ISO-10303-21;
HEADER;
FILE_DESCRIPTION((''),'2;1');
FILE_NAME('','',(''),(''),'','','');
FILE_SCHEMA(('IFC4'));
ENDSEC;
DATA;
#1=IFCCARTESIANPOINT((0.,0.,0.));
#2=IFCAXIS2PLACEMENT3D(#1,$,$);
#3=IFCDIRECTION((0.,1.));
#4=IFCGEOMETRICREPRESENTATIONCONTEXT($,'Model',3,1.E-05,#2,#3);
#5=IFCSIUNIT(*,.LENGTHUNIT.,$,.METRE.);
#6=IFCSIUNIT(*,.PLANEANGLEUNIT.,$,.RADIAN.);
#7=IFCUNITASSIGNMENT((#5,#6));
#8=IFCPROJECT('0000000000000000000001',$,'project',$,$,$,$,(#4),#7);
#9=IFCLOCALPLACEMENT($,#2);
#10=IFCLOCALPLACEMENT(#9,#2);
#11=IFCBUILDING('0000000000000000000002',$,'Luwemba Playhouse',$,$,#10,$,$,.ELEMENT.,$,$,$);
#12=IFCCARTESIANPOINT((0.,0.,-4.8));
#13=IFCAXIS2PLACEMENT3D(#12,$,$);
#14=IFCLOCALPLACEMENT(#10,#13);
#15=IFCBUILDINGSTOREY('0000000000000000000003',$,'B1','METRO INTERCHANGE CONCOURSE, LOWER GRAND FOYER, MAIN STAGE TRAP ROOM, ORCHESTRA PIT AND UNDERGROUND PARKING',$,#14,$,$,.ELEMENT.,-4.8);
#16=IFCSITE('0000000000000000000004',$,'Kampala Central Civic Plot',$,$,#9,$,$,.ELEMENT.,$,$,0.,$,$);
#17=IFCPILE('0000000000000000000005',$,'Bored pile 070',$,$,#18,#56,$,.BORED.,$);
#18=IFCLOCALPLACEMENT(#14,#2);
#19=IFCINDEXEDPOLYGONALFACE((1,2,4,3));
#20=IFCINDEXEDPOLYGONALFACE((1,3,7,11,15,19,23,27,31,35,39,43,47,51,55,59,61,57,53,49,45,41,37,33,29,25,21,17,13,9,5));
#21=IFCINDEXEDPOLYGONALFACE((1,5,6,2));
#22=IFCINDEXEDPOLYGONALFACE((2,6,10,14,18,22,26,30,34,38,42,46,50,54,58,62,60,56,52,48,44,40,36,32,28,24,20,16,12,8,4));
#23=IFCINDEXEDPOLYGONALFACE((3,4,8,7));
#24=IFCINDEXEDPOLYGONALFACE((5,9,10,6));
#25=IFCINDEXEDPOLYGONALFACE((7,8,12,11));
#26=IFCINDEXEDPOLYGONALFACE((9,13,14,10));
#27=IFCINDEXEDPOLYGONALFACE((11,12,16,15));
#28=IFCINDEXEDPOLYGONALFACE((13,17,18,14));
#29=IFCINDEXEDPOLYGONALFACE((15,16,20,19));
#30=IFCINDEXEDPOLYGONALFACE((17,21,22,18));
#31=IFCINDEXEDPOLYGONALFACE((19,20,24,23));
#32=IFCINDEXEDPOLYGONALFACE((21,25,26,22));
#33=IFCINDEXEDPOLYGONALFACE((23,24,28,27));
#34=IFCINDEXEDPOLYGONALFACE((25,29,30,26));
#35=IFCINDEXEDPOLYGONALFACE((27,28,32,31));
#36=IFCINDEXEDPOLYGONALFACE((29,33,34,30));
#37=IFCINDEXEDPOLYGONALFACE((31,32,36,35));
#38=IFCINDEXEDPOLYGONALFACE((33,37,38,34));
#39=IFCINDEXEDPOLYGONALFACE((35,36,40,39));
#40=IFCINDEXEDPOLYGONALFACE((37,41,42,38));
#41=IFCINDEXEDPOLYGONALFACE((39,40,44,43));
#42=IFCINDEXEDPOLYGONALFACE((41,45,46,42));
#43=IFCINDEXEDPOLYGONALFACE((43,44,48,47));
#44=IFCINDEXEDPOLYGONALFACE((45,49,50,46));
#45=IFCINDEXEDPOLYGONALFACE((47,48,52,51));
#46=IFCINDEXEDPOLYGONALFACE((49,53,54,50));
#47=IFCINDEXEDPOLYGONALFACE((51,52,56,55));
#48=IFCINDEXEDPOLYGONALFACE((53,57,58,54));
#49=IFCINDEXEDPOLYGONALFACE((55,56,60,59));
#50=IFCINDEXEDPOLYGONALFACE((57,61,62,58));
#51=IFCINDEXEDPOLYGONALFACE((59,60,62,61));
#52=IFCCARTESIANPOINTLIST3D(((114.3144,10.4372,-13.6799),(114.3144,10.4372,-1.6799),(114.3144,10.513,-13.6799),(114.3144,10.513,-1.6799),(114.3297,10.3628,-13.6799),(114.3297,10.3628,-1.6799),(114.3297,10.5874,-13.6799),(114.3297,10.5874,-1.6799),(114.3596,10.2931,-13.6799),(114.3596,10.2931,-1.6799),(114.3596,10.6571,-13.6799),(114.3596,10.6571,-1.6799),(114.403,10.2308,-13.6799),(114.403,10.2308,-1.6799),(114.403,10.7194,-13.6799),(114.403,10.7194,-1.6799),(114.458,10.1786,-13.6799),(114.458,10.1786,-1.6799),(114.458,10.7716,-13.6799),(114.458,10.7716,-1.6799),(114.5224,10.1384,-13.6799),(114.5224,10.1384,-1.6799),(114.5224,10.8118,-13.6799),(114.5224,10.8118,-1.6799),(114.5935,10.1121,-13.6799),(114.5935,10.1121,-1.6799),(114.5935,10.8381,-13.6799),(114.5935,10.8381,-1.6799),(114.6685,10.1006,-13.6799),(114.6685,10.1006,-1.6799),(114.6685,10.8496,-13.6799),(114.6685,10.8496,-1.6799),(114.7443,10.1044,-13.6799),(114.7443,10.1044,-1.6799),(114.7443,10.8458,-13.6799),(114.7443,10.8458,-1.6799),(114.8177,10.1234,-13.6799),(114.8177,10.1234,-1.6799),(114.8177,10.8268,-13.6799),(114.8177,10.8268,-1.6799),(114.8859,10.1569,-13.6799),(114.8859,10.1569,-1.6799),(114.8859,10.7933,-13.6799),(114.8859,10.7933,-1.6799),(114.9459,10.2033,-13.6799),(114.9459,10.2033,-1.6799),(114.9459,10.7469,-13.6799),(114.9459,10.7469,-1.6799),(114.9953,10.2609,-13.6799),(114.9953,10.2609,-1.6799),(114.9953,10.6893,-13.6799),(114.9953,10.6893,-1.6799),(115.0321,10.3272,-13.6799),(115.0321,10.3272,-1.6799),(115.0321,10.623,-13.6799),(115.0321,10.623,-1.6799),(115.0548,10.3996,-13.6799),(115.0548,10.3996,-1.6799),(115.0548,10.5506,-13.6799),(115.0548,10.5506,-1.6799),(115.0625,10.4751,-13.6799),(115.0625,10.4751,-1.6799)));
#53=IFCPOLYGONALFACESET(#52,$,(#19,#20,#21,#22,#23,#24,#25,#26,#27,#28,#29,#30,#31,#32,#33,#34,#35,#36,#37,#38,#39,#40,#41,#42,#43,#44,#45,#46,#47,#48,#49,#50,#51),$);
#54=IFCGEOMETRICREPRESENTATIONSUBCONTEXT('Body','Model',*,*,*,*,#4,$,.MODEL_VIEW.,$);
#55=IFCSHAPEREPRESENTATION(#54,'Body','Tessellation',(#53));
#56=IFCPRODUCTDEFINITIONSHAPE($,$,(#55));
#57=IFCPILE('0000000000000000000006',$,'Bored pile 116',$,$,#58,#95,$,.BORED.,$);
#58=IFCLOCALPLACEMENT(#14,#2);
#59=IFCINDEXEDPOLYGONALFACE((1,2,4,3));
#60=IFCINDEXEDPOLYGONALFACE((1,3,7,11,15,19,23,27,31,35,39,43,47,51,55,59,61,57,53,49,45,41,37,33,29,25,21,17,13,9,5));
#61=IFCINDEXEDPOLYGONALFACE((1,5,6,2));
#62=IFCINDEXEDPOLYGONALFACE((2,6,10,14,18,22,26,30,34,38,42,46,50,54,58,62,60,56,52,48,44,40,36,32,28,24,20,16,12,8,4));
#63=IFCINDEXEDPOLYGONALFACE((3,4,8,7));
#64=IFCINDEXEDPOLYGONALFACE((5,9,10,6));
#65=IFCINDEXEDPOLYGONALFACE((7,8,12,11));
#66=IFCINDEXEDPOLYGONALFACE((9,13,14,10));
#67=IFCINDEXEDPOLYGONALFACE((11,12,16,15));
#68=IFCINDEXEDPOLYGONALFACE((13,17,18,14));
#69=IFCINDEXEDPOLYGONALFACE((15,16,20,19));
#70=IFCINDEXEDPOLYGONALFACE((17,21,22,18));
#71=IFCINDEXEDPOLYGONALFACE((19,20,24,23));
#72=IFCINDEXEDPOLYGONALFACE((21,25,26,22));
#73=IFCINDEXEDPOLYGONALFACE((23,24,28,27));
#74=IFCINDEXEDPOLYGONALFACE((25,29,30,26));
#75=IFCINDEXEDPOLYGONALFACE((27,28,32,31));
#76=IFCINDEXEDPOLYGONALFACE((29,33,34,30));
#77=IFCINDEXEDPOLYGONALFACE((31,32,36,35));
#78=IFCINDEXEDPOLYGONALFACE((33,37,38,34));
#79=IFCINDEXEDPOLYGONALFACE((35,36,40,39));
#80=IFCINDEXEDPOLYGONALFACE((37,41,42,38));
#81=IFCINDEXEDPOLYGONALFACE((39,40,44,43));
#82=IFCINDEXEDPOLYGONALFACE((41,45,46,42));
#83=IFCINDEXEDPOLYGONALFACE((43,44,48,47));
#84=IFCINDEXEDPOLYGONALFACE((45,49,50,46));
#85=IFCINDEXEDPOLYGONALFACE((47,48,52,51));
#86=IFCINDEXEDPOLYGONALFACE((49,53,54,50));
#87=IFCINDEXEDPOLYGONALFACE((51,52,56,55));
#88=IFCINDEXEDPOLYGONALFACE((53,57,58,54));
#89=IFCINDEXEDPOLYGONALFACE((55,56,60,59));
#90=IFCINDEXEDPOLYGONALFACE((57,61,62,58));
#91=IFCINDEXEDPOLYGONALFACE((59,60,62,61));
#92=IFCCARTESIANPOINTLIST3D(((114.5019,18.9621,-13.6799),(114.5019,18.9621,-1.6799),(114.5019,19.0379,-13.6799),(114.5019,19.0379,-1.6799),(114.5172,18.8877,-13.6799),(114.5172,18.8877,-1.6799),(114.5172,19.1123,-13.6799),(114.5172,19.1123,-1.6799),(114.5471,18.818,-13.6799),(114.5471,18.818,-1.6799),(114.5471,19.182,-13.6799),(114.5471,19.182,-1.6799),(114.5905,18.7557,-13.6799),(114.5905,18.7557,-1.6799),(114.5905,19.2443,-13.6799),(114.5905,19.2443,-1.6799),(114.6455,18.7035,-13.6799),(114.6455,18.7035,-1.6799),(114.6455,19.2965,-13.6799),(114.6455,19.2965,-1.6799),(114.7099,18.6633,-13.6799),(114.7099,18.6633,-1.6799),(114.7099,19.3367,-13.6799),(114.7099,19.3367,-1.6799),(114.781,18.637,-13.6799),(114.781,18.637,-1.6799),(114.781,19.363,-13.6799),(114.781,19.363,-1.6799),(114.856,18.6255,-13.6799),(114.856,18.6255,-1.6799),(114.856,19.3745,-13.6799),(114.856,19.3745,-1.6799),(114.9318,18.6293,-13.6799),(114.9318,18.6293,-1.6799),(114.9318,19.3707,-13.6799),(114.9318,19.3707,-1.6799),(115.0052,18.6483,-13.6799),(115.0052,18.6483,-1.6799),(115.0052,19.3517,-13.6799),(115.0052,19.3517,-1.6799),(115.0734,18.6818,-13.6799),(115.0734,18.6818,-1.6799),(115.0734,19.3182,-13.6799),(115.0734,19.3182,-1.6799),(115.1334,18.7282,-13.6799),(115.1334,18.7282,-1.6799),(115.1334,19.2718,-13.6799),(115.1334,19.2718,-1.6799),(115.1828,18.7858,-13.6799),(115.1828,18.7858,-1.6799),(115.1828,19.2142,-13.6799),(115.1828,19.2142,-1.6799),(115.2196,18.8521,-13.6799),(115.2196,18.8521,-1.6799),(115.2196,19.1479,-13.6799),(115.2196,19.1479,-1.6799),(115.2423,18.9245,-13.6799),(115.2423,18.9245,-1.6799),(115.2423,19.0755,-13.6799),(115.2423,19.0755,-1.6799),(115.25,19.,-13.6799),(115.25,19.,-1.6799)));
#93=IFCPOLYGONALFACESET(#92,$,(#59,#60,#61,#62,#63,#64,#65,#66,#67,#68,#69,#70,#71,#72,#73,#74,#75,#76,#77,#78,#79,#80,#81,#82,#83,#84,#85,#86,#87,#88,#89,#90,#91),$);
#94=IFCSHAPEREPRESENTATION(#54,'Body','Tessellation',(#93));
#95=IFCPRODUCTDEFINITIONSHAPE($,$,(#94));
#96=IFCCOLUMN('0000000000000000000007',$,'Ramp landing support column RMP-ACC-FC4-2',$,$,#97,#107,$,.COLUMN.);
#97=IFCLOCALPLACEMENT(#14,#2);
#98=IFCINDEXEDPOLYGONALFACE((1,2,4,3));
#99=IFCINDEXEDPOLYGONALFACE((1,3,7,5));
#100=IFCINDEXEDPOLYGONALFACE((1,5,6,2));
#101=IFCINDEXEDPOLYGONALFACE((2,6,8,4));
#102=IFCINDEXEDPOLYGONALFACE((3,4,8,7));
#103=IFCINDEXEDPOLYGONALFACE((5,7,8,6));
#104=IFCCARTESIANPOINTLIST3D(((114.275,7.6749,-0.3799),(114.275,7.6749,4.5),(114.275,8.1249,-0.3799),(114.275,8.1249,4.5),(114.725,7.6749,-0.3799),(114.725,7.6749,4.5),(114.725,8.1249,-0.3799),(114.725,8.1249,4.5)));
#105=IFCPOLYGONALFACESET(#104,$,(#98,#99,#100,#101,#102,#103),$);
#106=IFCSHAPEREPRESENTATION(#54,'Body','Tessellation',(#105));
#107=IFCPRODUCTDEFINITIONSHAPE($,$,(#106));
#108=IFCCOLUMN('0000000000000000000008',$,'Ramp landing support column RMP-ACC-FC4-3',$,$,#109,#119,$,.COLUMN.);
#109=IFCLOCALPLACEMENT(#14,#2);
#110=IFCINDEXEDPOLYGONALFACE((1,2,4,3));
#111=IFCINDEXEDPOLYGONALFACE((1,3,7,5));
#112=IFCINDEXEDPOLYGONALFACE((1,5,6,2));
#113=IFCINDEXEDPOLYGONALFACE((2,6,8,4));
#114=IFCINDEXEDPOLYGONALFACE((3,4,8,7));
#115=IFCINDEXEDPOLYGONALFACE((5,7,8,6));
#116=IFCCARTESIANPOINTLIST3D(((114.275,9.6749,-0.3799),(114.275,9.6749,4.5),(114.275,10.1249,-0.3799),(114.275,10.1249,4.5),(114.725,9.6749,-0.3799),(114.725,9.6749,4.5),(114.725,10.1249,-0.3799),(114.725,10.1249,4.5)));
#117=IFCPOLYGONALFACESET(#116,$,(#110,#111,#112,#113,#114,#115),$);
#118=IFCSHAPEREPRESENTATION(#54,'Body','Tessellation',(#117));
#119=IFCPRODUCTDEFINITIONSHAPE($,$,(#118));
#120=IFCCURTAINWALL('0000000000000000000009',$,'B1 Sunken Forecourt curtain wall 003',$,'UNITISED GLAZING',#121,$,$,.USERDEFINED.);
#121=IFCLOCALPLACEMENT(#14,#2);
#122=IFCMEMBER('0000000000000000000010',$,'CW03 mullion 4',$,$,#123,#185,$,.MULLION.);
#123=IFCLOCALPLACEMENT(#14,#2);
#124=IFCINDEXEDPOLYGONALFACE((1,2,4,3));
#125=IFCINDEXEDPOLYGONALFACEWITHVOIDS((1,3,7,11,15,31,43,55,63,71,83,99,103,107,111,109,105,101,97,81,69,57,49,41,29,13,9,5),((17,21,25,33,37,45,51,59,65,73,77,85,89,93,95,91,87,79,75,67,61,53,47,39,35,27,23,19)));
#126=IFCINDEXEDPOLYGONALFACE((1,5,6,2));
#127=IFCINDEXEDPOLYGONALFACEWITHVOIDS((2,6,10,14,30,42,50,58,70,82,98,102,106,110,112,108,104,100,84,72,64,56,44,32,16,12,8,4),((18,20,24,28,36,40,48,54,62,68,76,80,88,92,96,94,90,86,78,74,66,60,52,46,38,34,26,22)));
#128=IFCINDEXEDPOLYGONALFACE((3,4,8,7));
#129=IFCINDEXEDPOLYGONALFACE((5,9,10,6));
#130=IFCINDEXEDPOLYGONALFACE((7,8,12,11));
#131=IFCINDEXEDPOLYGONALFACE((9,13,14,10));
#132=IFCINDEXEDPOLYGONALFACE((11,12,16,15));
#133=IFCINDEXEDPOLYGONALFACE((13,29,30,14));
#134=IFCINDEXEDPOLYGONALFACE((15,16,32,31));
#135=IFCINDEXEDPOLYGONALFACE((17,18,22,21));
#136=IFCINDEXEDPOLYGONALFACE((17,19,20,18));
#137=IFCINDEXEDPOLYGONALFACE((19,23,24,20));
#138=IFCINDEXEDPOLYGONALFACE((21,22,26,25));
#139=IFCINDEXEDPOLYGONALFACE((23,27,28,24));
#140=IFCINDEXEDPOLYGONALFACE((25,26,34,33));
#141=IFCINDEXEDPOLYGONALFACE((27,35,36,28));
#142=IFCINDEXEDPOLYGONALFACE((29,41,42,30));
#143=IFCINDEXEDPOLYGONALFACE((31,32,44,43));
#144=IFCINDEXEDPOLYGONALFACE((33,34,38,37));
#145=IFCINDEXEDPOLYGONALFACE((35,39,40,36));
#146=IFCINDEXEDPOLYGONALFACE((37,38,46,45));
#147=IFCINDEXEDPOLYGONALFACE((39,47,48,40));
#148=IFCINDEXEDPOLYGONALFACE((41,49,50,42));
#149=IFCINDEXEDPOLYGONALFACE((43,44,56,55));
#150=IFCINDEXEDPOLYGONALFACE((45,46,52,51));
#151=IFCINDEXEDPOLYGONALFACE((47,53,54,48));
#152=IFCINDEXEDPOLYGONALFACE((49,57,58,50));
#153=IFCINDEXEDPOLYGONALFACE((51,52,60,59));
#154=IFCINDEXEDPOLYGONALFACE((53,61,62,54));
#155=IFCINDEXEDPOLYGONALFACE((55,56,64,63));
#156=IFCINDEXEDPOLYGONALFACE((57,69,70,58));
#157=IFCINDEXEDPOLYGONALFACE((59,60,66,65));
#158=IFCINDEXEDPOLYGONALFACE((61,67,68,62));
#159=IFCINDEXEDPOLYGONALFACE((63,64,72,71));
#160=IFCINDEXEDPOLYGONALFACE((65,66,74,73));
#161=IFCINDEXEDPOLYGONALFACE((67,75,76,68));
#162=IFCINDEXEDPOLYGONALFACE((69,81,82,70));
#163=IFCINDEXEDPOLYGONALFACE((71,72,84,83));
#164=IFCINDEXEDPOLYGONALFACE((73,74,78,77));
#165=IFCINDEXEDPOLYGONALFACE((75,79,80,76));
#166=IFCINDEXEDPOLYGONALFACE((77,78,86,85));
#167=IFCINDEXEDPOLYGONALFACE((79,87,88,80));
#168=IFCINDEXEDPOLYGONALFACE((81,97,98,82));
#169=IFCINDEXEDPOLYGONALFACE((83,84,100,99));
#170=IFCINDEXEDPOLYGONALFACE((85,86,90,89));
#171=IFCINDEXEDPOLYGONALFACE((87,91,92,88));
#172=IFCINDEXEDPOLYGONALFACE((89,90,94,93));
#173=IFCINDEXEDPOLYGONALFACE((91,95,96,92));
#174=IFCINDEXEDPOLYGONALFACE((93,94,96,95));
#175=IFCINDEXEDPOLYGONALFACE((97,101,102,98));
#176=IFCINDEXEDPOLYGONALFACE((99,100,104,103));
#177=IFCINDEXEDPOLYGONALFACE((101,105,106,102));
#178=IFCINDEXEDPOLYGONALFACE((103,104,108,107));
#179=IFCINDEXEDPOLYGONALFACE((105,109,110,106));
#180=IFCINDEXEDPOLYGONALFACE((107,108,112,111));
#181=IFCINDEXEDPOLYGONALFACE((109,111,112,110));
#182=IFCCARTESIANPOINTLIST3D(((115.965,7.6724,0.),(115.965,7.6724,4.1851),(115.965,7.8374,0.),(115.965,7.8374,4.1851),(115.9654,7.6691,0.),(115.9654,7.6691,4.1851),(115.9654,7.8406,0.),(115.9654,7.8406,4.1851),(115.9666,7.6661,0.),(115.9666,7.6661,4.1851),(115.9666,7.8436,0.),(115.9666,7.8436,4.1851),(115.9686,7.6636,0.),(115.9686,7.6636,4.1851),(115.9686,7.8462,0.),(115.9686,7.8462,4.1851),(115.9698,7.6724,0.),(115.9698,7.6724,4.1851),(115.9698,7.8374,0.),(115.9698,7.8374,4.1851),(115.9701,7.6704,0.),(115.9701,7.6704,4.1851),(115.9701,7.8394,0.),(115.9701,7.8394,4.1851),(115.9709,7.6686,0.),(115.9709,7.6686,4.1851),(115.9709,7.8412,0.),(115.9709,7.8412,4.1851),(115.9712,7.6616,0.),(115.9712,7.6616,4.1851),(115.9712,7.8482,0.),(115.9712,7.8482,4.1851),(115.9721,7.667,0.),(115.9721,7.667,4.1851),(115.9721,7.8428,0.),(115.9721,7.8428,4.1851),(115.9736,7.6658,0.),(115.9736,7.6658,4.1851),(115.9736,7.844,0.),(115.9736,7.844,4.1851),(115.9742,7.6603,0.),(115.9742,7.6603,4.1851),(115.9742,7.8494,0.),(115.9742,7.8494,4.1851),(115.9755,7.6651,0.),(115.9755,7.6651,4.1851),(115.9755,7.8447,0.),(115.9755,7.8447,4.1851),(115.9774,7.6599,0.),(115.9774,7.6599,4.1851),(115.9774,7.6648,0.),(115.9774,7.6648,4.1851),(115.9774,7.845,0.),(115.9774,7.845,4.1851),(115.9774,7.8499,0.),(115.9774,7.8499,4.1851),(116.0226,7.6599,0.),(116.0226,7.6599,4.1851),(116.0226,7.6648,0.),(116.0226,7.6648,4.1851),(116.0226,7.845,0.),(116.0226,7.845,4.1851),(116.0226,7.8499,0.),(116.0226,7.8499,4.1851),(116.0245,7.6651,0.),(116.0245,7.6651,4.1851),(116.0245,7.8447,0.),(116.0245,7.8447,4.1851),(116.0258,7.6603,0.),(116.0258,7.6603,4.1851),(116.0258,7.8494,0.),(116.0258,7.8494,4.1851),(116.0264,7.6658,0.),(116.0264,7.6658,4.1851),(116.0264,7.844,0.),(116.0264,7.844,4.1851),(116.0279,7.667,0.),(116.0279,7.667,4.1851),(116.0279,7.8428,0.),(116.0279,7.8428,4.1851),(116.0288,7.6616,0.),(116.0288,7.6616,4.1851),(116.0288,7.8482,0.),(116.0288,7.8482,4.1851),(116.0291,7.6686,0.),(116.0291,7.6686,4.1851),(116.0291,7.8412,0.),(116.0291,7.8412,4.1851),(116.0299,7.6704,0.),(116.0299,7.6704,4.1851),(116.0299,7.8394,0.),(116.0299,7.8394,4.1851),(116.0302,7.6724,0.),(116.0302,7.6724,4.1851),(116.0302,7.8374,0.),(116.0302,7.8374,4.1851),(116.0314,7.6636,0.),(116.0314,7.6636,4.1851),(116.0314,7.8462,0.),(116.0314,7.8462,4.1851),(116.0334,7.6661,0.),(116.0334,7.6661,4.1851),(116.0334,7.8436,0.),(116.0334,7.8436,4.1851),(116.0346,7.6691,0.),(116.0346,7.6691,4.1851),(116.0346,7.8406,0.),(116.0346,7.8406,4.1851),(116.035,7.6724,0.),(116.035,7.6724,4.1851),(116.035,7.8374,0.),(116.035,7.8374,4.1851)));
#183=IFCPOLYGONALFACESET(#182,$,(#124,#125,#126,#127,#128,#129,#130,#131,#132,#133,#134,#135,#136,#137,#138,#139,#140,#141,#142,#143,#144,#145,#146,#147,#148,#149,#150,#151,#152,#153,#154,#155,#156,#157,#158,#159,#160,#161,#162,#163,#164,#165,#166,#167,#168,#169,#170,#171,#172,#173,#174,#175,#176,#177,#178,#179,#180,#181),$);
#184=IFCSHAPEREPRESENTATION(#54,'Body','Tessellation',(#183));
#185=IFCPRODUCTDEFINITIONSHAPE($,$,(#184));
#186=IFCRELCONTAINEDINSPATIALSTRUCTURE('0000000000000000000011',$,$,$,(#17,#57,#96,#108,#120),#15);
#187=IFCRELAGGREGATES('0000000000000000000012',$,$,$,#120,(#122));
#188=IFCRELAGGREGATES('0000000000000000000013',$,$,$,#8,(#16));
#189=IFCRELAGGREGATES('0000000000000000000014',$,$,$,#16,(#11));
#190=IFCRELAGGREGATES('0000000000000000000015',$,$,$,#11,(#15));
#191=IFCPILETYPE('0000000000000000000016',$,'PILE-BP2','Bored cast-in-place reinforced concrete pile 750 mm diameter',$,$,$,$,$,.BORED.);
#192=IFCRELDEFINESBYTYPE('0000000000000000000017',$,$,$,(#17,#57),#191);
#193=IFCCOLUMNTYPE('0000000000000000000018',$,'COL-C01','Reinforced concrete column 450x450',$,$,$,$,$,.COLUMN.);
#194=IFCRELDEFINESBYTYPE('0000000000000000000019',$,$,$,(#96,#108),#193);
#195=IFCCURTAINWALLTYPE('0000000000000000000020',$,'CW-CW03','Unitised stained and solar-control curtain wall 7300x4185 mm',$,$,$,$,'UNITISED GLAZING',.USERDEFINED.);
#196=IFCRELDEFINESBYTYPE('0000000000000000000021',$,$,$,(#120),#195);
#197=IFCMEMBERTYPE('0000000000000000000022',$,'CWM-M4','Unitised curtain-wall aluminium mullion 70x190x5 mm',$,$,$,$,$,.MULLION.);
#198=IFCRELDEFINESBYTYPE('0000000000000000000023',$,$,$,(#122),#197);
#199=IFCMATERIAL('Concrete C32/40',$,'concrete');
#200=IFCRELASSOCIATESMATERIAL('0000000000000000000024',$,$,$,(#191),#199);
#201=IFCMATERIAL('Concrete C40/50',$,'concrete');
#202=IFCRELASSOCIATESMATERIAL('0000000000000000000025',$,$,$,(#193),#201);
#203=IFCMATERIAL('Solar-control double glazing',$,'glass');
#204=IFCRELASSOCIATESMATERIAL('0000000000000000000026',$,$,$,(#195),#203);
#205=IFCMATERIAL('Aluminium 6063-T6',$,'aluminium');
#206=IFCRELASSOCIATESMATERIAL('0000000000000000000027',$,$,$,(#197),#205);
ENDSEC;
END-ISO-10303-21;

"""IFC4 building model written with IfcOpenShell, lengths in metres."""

from ifc_helpers import new_model, si_unit, direction, frame, origin, origin_2d, place, context, subcontext, project, spatial, rectangle, hollow_rectangle, circle, extrude, material, material_profile, profile_set, type_object, element, aggregate, save


model = new_model("IFC4")

# Units and contexts
model_context = context("Model", 3, precision=1e-05, world=origin(), true_north=direction((0.0, 1.0)))
body_context = subcontext(model_context, "Body", "Model", "MODEL_VIEW")
ifc_project = project(units=[si_unit("LENGTHUNIT", "METRE"), si_unit("PLANEANGLEUNIT", "RADIAN")], contexts=[model_context])

# Site, building, storey
site_placement = place(None, origin())
site = spatial("IfcSite", under=ifc_project, at=site_placement, Name="Kampala Central Civic Plot", CompositionType="ELEMENT", RefElevation=0.0)
building_placement = place(site_placement, origin())
building = spatial("IfcBuilding", under=site, at=building_placement, Name="Luwemba Playhouse", CompositionType="ELEMENT")
storey_placement = place(building_placement, frame((0.0, 0.0, -4.8)))
storey = spatial("IfcBuildingStorey", under=building, at=storey_placement, Name="B1", Description="METRO INTERCHANGE CONCOURSE, LOWER GRAND FOYER, MAIN STAGE TRAP ROOM, ORCHESTRA PIT AND UNDERGROUND PARKING", CompositionType="ELEMENT", Elevation=-4.8)

# Piles
ifc_material_1 = material(Name="Concrete C32/40", Category="concrete")
ifc_material_profile_1 = material_profile(ifc_material_1, circle(Radius=0.375, at=origin_2d()))
ifc_profile_set_1 = profile_set([ifc_material_profile_1], Name="Concrete C32/40")
pile_type = type_object("IfcPileType", Name="PILE-BP2", Description="Bored cast-in-place reinforced concrete pile 750 mm diameter", PredefinedType="BORED", material=ifc_profile_set_1)
for number, where, z_axis, x_axis, name in (
    (1, (114.6875, 10.4751, -1.6799), (0.0, 0.0, -1.0), (1.0, 0.0, 0.0), "Bored pile 070"),
    (2, (114.875, 19.0, -1.6799), (0.0, 0.0, -1.0), (1.0, 0.0, 0.0), "Bored pile 116"),
):
    element("IfcPile", number, at=place(storey_placement, frame(where, z_axis=z_axis, x_axis=x_axis)), inside=storey, type_object=pile_type, Name=name, PredefinedType="BORED", context=body_context, shape_type="SweptSolid", body=[
        extrude(circle(Radius=0.375, at=origin_2d()), origin(), (0.0, 0.0, 1.0), 12.0),
    ])

# Columns
ifc_material_2 = material(Name="Concrete C40/50", Category="concrete")
ifc_material_profile_2 = material_profile(ifc_material_2, rectangle(XDim=0.45, YDim=0.45, at=origin_2d()))
ifc_profile_set_2 = profile_set([ifc_material_profile_2], Name="Concrete C40/50")
column_type = type_object("IfcColumnType", Name="COL-C01", Description="Reinforced concrete column 450x450", PredefinedType="COLUMN", material=ifc_profile_set_2)
for number, where, z_axis, x_axis, name in (
    (3, (114.5, 7.8999, -0.3799), (0.0, 0.0, 1.0), (1.0, 0.0, 0.0), "Ramp landing support column RMP-ACC-FC4-2"),
    (4, (114.5, 9.8999, -0.3799), (0.0, 0.0, 1.0), (1.0, 0.0, 0.0), "Ramp landing support column RMP-ACC-FC4-3"),
):
    element("IfcColumn", number, at=place(storey_placement, frame(where, z_axis=z_axis, x_axis=x_axis)), inside=storey, type_object=column_type, Name=name, PredefinedType="COLUMN", context=body_context, shape_type="SweptSolid", body=[
        extrude(rectangle(XDim=0.45, YDim=0.45, at=origin_2d()), origin(), (0.0, 0.0, 1.0), 4.8799),
    ])

# Curtain wall, member
ifc_material_3 = material(Name="Solar-control double glazing", Category="glass")
curtain_wall_type = type_object("IfcCurtainWallType", Name="CW-CW03", Description="Unitised stained and solar-control curtain wall 7300x4185 mm", ElementType="UNITISED GLAZING", PredefinedType="USERDEFINED", material=ifc_material_3)
curtain_wall_placement = place(storey_placement, origin())
curtain_wall = element("IfcCurtainWall", 5, at=curtain_wall_placement, inside=storey, type_object=curtain_wall_type, Name="B1 Sunken Forecourt curtain wall 003", ObjectType="UNITISED GLAZING", PredefinedType="USERDEFINED")
ifc_material_4 = material(Name="Aluminium 6063-T6", Category="aluminium")
ifc_material_profile_3 = material_profile(ifc_material_4, hollow_rectangle(XDim=0.0701, YDim=0.1899, WallThickness=0.0049, InnerFilletRadius=0.0076, OuterFilletRadius=0.0125, at=origin_2d()))
ifc_profile_set_3 = profile_set([ifc_material_profile_3], Name="Aluminium 6063-T6")
member_type_1 = type_object("IfcMemberType", Name="CWM-M4", Description="Unitised curtain-wall aluminium mullion 70x190x5 mm", PredefinedType="MULLION", material=ifc_profile_set_3)
member_1_placement = place(storey_placement, frame((116.0, 7.7549, 0.0), z_axis=(0.0, 0.0, 1.0), x_axis=(-1.0, 0.0, 0.0)))
member_1 = element("IfcMember", 6, at=member_1_placement, type_object=member_type_1, Name="CW03 mullion 4", PredefinedType="MULLION", context=body_context, shape_type="SweptSolid", body=[
    extrude(hollow_rectangle(XDim=0.0701, YDim=0.1899, WallThickness=0.0049, InnerFilletRadius=0.0076, OuterFilletRadius=0.0125, at=origin_2d()), origin(), (0.0, 0.0, 1.0), 4.1851),
])
aggregate(curtain_wall, [member_1])

save(model, "model.ifc")
